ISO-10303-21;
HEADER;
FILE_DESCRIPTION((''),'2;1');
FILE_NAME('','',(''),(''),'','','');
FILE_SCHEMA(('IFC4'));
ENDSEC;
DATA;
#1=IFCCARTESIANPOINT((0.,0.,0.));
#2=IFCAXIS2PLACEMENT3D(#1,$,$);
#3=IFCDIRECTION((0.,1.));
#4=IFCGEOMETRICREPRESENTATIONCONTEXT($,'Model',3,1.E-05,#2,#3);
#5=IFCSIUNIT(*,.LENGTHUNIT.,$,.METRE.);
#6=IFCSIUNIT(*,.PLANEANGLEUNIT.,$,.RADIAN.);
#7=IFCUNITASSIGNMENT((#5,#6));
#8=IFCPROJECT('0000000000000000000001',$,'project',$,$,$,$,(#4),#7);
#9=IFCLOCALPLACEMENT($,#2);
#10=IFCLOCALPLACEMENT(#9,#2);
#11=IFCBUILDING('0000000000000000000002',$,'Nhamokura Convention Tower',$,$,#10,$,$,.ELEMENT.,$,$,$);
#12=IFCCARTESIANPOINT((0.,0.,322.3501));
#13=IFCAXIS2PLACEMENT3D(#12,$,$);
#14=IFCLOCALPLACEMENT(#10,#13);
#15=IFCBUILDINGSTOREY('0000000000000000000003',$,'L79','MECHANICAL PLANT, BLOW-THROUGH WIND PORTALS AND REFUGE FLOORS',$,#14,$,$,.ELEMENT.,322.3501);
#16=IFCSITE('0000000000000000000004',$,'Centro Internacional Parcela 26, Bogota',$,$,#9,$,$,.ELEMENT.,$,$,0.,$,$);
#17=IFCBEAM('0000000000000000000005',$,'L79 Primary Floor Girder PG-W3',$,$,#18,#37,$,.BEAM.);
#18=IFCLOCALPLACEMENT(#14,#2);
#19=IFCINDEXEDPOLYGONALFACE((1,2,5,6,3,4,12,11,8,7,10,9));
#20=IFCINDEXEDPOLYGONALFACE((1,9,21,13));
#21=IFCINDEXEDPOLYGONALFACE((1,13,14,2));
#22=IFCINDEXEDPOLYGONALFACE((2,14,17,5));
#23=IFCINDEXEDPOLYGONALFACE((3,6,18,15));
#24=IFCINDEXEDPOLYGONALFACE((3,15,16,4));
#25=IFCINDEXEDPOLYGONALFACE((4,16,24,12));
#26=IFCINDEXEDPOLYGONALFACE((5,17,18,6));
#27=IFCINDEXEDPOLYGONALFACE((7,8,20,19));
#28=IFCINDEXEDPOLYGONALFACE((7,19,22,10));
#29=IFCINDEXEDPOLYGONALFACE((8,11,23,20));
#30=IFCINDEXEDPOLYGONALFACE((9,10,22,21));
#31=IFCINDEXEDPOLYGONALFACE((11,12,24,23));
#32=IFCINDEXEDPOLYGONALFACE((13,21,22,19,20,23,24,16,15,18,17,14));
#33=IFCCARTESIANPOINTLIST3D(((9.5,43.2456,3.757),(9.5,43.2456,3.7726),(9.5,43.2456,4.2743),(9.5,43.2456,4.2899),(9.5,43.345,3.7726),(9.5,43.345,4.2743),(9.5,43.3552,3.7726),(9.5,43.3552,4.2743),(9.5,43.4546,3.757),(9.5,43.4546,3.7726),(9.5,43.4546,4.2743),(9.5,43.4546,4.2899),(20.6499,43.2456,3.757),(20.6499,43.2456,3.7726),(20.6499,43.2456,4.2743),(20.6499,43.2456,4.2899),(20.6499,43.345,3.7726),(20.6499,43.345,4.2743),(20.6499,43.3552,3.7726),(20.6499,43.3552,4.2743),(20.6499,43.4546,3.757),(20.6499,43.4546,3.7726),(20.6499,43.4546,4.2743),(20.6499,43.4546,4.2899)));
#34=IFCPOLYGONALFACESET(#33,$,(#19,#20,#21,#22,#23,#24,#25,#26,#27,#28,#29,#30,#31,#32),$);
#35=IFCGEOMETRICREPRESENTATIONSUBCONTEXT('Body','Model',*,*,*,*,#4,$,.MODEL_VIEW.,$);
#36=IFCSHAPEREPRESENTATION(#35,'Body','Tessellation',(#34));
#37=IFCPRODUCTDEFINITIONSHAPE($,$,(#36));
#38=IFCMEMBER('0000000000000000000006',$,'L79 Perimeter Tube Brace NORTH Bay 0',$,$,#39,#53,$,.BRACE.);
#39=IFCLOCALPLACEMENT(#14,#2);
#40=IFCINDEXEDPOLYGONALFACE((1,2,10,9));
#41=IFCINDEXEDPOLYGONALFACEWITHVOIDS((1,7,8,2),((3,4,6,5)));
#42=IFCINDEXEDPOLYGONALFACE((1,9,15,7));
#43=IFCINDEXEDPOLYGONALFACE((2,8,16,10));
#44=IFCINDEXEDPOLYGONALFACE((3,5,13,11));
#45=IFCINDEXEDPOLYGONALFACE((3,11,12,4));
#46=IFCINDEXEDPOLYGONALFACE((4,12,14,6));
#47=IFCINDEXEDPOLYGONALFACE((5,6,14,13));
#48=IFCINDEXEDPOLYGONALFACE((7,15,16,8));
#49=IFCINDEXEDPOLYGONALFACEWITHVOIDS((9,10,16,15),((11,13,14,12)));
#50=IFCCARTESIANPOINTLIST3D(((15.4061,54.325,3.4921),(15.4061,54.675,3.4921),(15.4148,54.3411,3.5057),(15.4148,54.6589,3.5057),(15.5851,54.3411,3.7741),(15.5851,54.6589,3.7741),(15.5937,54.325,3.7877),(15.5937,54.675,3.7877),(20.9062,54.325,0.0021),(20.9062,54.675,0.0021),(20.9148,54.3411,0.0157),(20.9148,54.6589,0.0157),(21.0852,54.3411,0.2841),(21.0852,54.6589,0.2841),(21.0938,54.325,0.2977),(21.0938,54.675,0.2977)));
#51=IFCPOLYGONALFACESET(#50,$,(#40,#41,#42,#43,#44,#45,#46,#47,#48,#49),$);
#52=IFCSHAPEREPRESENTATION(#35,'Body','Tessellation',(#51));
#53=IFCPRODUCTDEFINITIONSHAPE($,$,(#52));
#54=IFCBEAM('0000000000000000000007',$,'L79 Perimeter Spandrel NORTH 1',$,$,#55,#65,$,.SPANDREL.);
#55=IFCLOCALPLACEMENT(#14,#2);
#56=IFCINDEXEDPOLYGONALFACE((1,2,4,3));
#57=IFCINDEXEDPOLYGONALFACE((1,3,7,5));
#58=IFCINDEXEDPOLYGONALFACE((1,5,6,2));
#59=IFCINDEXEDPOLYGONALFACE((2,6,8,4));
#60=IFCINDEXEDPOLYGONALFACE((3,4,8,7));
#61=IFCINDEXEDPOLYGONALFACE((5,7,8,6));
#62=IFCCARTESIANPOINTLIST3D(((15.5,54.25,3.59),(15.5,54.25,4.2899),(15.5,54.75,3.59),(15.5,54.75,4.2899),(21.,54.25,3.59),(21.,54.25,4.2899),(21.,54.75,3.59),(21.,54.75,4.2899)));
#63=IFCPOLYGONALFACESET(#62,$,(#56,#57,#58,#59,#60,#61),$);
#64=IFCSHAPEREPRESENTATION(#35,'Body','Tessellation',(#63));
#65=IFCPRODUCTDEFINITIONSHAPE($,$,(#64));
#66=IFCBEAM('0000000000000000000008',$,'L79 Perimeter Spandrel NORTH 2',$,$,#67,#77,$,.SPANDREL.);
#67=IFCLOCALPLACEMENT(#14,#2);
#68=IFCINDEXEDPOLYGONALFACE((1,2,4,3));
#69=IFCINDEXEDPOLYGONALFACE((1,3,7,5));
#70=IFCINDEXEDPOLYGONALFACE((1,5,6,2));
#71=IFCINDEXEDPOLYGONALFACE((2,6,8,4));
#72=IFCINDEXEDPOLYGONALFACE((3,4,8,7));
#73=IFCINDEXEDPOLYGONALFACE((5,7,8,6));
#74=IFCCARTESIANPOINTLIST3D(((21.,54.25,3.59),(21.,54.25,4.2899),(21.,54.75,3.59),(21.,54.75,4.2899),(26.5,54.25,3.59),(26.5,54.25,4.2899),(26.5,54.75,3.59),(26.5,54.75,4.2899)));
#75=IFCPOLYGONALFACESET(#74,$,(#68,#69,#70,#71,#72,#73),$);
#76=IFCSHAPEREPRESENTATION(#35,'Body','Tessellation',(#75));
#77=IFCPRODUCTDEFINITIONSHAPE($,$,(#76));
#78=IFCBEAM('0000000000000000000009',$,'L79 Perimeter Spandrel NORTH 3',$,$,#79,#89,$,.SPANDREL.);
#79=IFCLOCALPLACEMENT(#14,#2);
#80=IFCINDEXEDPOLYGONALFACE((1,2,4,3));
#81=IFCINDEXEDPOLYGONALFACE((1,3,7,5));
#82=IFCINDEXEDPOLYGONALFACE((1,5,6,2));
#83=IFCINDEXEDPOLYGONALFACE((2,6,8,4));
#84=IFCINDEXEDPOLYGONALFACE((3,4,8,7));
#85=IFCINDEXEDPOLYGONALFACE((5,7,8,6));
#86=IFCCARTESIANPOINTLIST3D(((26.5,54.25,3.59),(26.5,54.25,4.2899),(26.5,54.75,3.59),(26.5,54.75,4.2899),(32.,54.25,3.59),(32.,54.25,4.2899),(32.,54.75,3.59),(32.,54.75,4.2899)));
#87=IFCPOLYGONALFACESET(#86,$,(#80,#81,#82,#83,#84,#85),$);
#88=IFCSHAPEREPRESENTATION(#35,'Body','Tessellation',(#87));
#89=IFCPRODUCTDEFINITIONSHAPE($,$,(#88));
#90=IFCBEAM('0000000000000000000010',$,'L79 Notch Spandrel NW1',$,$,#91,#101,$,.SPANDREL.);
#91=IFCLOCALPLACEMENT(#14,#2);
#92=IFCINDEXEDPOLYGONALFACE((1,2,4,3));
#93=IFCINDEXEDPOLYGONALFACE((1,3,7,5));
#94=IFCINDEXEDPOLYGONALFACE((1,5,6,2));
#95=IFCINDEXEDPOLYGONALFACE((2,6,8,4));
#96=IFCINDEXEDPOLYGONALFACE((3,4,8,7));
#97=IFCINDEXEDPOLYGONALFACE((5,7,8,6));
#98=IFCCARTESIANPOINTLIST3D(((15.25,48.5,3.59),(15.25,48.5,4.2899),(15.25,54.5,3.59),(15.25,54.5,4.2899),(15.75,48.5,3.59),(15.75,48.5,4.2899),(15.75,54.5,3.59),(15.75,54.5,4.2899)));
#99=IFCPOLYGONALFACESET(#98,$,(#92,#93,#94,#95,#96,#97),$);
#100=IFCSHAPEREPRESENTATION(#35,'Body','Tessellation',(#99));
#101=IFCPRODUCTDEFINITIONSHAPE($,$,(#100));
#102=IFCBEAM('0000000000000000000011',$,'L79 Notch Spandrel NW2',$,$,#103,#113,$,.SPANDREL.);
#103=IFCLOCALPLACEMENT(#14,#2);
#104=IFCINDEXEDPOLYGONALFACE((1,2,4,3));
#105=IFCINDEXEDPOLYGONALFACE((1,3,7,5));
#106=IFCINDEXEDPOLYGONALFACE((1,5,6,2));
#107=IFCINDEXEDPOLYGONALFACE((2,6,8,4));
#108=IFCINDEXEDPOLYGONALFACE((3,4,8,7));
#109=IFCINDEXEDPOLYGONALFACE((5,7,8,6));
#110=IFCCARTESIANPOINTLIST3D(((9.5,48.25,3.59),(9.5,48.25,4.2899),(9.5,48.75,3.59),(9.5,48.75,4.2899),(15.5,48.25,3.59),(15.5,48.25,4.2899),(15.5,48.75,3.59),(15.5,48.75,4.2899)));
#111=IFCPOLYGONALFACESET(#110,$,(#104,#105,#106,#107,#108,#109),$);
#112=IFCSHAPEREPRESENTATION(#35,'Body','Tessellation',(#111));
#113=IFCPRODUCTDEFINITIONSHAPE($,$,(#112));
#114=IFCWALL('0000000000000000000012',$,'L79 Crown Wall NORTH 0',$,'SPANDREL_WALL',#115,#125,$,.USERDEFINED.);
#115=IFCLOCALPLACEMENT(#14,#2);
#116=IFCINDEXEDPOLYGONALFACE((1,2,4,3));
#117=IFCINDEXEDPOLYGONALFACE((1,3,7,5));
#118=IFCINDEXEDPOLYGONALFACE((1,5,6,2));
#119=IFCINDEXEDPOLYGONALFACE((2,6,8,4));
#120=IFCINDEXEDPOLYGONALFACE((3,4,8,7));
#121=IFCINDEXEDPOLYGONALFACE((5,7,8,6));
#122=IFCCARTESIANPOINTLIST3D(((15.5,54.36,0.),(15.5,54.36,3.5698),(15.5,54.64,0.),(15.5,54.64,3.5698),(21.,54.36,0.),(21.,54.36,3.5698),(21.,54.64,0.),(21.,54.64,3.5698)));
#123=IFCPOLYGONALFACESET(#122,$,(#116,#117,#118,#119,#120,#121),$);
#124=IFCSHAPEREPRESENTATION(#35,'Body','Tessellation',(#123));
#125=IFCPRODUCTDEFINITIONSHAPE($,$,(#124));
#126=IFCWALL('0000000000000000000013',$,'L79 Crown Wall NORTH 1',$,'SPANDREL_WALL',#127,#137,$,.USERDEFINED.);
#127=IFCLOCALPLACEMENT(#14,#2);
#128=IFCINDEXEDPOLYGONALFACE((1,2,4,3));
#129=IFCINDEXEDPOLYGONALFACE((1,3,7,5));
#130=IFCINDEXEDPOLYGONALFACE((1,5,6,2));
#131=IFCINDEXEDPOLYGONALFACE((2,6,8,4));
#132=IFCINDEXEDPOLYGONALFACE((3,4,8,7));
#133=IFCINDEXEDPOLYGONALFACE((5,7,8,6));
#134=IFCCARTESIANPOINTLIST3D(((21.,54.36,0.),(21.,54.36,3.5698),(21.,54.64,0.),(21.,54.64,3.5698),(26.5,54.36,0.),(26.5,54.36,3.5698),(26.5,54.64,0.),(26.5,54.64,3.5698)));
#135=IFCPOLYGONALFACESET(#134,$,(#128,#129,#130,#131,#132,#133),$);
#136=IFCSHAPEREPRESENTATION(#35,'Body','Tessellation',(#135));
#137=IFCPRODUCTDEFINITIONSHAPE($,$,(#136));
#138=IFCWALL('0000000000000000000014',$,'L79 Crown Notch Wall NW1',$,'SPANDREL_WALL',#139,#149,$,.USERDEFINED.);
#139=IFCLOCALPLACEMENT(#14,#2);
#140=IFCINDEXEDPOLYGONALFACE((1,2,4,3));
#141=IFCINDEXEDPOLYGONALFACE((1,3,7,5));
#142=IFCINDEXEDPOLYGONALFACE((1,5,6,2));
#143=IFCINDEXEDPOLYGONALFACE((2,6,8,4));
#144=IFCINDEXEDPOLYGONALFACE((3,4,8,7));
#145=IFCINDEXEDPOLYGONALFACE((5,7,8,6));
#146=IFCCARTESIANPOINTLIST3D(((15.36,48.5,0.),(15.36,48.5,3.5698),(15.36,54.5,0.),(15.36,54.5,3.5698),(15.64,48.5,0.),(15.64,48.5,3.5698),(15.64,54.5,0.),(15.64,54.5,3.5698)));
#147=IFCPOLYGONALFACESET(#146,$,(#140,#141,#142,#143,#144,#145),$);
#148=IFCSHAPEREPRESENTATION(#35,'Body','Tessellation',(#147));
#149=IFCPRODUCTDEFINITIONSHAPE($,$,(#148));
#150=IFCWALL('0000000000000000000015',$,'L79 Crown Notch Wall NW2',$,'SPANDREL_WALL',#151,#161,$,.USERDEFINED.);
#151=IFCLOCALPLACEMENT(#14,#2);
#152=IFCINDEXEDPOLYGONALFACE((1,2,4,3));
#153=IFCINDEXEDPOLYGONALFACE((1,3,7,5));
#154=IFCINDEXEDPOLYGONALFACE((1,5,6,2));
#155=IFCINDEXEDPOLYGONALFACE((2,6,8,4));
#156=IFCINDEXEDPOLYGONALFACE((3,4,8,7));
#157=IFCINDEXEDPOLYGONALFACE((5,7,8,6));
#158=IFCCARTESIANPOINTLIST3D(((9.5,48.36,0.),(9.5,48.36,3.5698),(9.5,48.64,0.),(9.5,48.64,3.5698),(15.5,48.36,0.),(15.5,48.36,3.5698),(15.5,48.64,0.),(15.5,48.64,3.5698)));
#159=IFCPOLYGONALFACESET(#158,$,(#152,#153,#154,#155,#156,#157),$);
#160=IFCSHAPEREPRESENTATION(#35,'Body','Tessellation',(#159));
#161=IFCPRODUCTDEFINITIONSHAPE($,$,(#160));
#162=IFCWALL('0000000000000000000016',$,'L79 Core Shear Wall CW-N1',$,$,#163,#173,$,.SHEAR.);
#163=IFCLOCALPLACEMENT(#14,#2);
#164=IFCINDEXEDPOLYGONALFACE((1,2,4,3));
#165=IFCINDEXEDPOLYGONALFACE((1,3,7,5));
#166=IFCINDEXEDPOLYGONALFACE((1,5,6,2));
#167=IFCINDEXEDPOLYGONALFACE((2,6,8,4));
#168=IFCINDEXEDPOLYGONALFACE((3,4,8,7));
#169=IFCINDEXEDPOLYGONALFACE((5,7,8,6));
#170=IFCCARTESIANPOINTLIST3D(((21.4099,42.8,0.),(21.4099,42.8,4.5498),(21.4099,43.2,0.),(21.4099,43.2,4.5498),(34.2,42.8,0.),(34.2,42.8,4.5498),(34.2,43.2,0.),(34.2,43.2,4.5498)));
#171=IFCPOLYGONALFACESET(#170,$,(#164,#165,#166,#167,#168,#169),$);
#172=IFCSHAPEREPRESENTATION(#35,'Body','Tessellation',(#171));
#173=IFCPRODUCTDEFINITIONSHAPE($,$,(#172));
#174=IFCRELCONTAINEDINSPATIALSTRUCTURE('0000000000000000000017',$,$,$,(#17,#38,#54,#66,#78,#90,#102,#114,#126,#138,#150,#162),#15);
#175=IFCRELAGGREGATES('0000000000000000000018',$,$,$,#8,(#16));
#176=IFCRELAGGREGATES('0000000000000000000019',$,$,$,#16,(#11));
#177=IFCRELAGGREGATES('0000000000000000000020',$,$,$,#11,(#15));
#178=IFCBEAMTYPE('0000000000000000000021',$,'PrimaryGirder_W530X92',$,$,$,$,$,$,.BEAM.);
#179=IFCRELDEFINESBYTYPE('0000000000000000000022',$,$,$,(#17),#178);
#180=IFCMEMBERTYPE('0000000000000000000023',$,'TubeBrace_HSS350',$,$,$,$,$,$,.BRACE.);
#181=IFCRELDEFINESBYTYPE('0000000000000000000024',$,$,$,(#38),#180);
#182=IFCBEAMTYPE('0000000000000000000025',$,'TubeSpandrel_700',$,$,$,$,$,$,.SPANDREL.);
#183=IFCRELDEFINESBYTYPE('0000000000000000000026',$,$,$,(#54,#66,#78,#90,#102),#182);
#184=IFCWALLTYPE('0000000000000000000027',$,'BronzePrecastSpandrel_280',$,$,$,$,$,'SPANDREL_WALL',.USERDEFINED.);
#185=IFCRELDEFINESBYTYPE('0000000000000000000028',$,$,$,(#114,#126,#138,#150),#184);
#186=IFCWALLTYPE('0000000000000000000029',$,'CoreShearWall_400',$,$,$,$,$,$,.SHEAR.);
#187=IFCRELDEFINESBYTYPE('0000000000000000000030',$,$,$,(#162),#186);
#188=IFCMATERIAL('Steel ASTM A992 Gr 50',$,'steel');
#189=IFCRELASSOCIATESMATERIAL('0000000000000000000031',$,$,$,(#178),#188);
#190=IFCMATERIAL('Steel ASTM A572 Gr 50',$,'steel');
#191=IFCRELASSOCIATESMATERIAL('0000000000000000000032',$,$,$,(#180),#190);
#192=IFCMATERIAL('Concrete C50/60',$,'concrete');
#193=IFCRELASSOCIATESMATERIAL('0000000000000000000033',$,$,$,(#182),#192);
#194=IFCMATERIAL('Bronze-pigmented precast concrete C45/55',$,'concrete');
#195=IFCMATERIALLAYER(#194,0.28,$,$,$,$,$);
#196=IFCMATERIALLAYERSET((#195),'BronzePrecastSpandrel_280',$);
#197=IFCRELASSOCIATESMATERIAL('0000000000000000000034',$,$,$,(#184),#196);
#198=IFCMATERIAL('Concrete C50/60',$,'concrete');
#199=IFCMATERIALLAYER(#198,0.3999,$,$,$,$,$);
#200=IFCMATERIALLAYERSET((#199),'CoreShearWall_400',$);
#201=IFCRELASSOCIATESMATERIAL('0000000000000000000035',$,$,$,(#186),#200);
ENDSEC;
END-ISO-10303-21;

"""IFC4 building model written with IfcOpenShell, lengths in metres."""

from ifc_helpers import new_model, si_unit, direction, frame, frame_2d, origin, origin_2d, place, context, subcontext, project, spatial, rectangle, hollow_rectangle, i_section, extrude, material, layer, layer_set, material_profile, profile_set, type_object, element, save


model = new_model("IFC4")

# Units and contexts
model_context = context("Model", 3, precision=1e-05, world=origin(), true_north=direction((0.0, 1.0)))
body_context = subcontext(model_context, "Body", "Model", "MODEL_VIEW")
ifc_project = project(units=[si_unit("LENGTHUNIT", "METRE"), si_unit("PLANEANGLEUNIT", "RADIAN")], contexts=[model_context])

# Site, building, storey
site_placement = place(None, origin())
site = spatial("IfcSite", under=ifc_project, at=site_placement, Name="Centro Internacional Parcela 26, Bogota", CompositionType="ELEMENT", RefElevation=0.0)
building_placement = place(site_placement, origin())
building = spatial("IfcBuilding", under=site, at=building_placement, Name="Nhamokura Convention Tower", CompositionType="ELEMENT")
storey_placement = place(building_placement, frame((0.0, 0.0, 322.3501)))
storey = spatial("IfcBuildingStorey", under=building, at=storey_placement, Name="L79", Description="MECHANICAL PLANT, BLOW-THROUGH WIND PORTALS AND REFUGE FLOORS", CompositionType="ELEMENT", Elevation=322.3501)

# Beam
ifc_material_1 = material(Name="Steel ASTM A992 Gr 50", Category="steel")
ifc_material_profile_1 = material_profile(ifc_material_1, i_section(OverallWidth=0.209, OverallDepth=0.533, WebThickness=0.0103, FlangeThickness=0.0156, at=origin_2d()))
ifc_profile_set_1 = profile_set([ifc_material_profile_1], Name="Steel ASTM A992 Gr 50")
beam_type_1 = type_object("IfcBeamType", Name="PrimaryGirder_W530X92", PredefinedType="BEAM", material=ifc_profile_set_1)
for number, where, z_axis, x_axis, name in (
    (1, (9.5, 43.3501, 4.0234), (1.0, 0.0, 0.0), (0.0, 1.0, 0.0), "L79 Primary Floor Girder PG-W3"),
):
    element("IfcBeam", number, at=place(storey_placement, frame(where, z_axis=z_axis, x_axis=x_axis)), inside=storey, type_object=beam_type_1, Name=name, PredefinedType="BEAM", context=body_context, shape_type="SweptSolid", body=[
        extrude(i_section(OverallWidth=0.209, OverallDepth=0.533, WebThickness=0.0103, FlangeThickness=0.0156, at=origin_2d()), origin(), (0.0, 0.0, 1.0), 11.1499),
    ])

# Member
ifc_material_2 = material(Name="Steel ASTM A572 Gr 50", Category="steel")
ifc_material_profile_2 = material_profile(ifc_material_2, hollow_rectangle(XDim=0.3501, YDim=0.3501, WallThickness=0.0161, at=origin_2d()))
ifc_profile_set_2 = profile_set([ifc_material_profile_2], Name="Steel ASTM A572 Gr 50")
member_type = type_object("IfcMemberType", Name="TubeBrace_HSS350", PredefinedType="BRACE", material=ifc_profile_set_2)
member_placement = place(storey_placement, frame((21.0, 54.5, 0.1499), z_axis=(-0.844357, 0.0, 0.535781), x_axis=(0.0, -1.0, 0.0)))
element("IfcMember", 2, at=member_placement, inside=storey, type_object=member_type, Name="L79 Perimeter Tube Brace NORTH Bay 0", PredefinedType="BRACE", context=body_context, shape_type="SweptSolid", body=[
    extrude(hollow_rectangle(XDim=0.3501, YDim=0.3501, WallThickness=0.0161, at=origin_2d()), origin(), (0.0, 0.0, 1.0), 6.5139),
])

# Beams
ifc_material_3 = material(Name="Concrete C50/60", Category="concrete")
ifc_material_profile_3 = material_profile(ifc_material_3, rectangle(XDim=0.5, YDim=0.7, at=origin_2d()))
ifc_profile_set_3 = profile_set([ifc_material_profile_3], Name="Concrete C50/60")
beam_type_2 = type_object("IfcBeamType", Name="TubeSpandrel_700", PredefinedType="SPANDREL", material=ifc_profile_set_3)
for number, where, z_axis, x_axis, name in (
    (3, (15.5, 54.5, 3.9399), (1.0, 0.0, 0.0), (0.0, 1.0, 0.0), "L79 Perimeter Spandrel NORTH 1"),
    (4, (21.0, 54.5, 3.9399), (1.0, 0.0, 0.0), (0.0, 1.0, 0.0), "L79 Perimeter Spandrel NORTH 2"),
    (5, (26.5, 54.5, 3.9399), (1.0, 0.0, 0.0), (0.0, 1.0, 0.0), "L79 Perimeter Spandrel NORTH 3"),
):
    element("IfcBeam", number, at=place(storey_placement, frame(where, z_axis=z_axis, x_axis=x_axis)), inside=storey, type_object=beam_type_2, Name=name, PredefinedType="SPANDREL", context=body_context, shape_type="SweptSolid", body=[
        extrude(rectangle(XDim=0.5, YDim=0.7, at=origin_2d()), origin(), (0.0, 0.0, 1.0), 5.5),
    ])
for number, where, z_axis, x_axis, name in (
    (6, (15.5, 54.5, 3.9399), (0.0, -1.0, 0.0), (1.0, 0.0, 0.0), "L79 Notch Spandrel NW1"),
    (7, (15.5, 48.5, 3.9399), (-1.0, 0.0, 0.0), (0.0, -1.0, 0.0), "L79 Notch Spandrel NW2"),
):
    element("IfcBeam", number, at=place(storey_placement, frame(where, z_axis=z_axis, x_axis=x_axis)), inside=storey, type_object=beam_type_2, Name=name, PredefinedType="SPANDREL", context=body_context, shape_type="SweptSolid", body=[
        extrude(rectangle(XDim=0.5, YDim=0.7, at=origin_2d()), origin(), (0.0, 0.0, 1.0), 6.0),
    ])

# Walls
ifc_material_4 = material(Name="Bronze-pigmented precast concrete C45/55", Category="concrete")
ifc_layer_1 = layer(ifc_material_4, 0.28)
ifc_layer_set_1 = layer_set([ifc_layer_1], Name="BronzePrecastSpandrel_280")
wall_type_1 = type_object("IfcWallType", Name="BronzePrecastSpandrel_280", ElementType="SPANDREL_WALL", PredefinedType="USERDEFINED", material=ifc_layer_set_1)
for number, where, z_axis, x_axis, name in (
    (8, (15.5, 54.5, 0.0), (0.0, 0.0, 1.0), (1.0, 0.0, 0.0), "L79 Crown Wall NORTH 0"),
    (9, (21.0, 54.5, 0.0), (0.0, 0.0, 1.0), (1.0, 0.0, 0.0), "L79 Crown Wall NORTH 1"),
):
    element("IfcWall", number, at=place(storey_placement, frame(where, z_axis=z_axis, x_axis=x_axis)), inside=storey, type_object=wall_type_1, Name=name, ObjectType="SPANDREL_WALL", PredefinedType="USERDEFINED", context=body_context, shape_type="SweptSolid", body=[
        extrude(rectangle(XDim=5.5, YDim=0.28, at=frame_2d((2.75, 0.0))), origin(), (0.0, 0.0, 1.0), 3.5698),
    ])
for number, where, z_axis, x_axis, name in (
    (10, (15.5, 48.5, 0.0), (0.0, 0.0, 1.0), (0.0, 1.0, 0.0), "L79 Crown Notch Wall NW1"),
    (11, (9.5, 48.5, 0.0), (0.0, 0.0, 1.0), (1.0, 0.0, 0.0), "L79 Crown Notch Wall NW2"),
):
    element("IfcWall", number, at=place(storey_placement, frame(where, z_axis=z_axis, x_axis=x_axis)), inside=storey, type_object=wall_type_1, Name=name, ObjectType="SPANDREL_WALL", PredefinedType="USERDEFINED", context=body_context, shape_type="SweptSolid", body=[
        extrude(rectangle(XDim=6.0, YDim=0.28, at=frame_2d((3.0, 0.0))), origin(), (0.0, 0.0, 1.0), 3.5698),
    ])
ifc_material_5 = material(Name="Concrete C50/60", Category="concrete")
ifc_layer_2 = layer(ifc_material_5, 0.3999)
ifc_layer_set_2 = layer_set([ifc_layer_2], Name="CoreShearWall_400")
wall_type_2 = type_object("IfcWallType", Name="CoreShearWall_400", PredefinedType="SHEAR", material=ifc_layer_set_2)
wall_1_placement = place(storey_placement, frame((21.4099, 43.0, 0.0), z_axis=(0.0, 0.0, 1.0), x_axis=(1.0, 0.0, 0.0)))
element("IfcWall", 12, at=wall_1_placement, inside=storey, type_object=wall_type_2, Name="L79 Core Shear Wall CW-N1", PredefinedType="SHEAR", context=body_context, shape_type="SweptSolid", body=[
    extrude(rectangle(XDim=12.79, YDim=0.3999, at=frame_2d((6.395, 0.0))), origin(), (0.0, 0.0, 1.0), 4.5498),
])

save(model, "model.ifc")
